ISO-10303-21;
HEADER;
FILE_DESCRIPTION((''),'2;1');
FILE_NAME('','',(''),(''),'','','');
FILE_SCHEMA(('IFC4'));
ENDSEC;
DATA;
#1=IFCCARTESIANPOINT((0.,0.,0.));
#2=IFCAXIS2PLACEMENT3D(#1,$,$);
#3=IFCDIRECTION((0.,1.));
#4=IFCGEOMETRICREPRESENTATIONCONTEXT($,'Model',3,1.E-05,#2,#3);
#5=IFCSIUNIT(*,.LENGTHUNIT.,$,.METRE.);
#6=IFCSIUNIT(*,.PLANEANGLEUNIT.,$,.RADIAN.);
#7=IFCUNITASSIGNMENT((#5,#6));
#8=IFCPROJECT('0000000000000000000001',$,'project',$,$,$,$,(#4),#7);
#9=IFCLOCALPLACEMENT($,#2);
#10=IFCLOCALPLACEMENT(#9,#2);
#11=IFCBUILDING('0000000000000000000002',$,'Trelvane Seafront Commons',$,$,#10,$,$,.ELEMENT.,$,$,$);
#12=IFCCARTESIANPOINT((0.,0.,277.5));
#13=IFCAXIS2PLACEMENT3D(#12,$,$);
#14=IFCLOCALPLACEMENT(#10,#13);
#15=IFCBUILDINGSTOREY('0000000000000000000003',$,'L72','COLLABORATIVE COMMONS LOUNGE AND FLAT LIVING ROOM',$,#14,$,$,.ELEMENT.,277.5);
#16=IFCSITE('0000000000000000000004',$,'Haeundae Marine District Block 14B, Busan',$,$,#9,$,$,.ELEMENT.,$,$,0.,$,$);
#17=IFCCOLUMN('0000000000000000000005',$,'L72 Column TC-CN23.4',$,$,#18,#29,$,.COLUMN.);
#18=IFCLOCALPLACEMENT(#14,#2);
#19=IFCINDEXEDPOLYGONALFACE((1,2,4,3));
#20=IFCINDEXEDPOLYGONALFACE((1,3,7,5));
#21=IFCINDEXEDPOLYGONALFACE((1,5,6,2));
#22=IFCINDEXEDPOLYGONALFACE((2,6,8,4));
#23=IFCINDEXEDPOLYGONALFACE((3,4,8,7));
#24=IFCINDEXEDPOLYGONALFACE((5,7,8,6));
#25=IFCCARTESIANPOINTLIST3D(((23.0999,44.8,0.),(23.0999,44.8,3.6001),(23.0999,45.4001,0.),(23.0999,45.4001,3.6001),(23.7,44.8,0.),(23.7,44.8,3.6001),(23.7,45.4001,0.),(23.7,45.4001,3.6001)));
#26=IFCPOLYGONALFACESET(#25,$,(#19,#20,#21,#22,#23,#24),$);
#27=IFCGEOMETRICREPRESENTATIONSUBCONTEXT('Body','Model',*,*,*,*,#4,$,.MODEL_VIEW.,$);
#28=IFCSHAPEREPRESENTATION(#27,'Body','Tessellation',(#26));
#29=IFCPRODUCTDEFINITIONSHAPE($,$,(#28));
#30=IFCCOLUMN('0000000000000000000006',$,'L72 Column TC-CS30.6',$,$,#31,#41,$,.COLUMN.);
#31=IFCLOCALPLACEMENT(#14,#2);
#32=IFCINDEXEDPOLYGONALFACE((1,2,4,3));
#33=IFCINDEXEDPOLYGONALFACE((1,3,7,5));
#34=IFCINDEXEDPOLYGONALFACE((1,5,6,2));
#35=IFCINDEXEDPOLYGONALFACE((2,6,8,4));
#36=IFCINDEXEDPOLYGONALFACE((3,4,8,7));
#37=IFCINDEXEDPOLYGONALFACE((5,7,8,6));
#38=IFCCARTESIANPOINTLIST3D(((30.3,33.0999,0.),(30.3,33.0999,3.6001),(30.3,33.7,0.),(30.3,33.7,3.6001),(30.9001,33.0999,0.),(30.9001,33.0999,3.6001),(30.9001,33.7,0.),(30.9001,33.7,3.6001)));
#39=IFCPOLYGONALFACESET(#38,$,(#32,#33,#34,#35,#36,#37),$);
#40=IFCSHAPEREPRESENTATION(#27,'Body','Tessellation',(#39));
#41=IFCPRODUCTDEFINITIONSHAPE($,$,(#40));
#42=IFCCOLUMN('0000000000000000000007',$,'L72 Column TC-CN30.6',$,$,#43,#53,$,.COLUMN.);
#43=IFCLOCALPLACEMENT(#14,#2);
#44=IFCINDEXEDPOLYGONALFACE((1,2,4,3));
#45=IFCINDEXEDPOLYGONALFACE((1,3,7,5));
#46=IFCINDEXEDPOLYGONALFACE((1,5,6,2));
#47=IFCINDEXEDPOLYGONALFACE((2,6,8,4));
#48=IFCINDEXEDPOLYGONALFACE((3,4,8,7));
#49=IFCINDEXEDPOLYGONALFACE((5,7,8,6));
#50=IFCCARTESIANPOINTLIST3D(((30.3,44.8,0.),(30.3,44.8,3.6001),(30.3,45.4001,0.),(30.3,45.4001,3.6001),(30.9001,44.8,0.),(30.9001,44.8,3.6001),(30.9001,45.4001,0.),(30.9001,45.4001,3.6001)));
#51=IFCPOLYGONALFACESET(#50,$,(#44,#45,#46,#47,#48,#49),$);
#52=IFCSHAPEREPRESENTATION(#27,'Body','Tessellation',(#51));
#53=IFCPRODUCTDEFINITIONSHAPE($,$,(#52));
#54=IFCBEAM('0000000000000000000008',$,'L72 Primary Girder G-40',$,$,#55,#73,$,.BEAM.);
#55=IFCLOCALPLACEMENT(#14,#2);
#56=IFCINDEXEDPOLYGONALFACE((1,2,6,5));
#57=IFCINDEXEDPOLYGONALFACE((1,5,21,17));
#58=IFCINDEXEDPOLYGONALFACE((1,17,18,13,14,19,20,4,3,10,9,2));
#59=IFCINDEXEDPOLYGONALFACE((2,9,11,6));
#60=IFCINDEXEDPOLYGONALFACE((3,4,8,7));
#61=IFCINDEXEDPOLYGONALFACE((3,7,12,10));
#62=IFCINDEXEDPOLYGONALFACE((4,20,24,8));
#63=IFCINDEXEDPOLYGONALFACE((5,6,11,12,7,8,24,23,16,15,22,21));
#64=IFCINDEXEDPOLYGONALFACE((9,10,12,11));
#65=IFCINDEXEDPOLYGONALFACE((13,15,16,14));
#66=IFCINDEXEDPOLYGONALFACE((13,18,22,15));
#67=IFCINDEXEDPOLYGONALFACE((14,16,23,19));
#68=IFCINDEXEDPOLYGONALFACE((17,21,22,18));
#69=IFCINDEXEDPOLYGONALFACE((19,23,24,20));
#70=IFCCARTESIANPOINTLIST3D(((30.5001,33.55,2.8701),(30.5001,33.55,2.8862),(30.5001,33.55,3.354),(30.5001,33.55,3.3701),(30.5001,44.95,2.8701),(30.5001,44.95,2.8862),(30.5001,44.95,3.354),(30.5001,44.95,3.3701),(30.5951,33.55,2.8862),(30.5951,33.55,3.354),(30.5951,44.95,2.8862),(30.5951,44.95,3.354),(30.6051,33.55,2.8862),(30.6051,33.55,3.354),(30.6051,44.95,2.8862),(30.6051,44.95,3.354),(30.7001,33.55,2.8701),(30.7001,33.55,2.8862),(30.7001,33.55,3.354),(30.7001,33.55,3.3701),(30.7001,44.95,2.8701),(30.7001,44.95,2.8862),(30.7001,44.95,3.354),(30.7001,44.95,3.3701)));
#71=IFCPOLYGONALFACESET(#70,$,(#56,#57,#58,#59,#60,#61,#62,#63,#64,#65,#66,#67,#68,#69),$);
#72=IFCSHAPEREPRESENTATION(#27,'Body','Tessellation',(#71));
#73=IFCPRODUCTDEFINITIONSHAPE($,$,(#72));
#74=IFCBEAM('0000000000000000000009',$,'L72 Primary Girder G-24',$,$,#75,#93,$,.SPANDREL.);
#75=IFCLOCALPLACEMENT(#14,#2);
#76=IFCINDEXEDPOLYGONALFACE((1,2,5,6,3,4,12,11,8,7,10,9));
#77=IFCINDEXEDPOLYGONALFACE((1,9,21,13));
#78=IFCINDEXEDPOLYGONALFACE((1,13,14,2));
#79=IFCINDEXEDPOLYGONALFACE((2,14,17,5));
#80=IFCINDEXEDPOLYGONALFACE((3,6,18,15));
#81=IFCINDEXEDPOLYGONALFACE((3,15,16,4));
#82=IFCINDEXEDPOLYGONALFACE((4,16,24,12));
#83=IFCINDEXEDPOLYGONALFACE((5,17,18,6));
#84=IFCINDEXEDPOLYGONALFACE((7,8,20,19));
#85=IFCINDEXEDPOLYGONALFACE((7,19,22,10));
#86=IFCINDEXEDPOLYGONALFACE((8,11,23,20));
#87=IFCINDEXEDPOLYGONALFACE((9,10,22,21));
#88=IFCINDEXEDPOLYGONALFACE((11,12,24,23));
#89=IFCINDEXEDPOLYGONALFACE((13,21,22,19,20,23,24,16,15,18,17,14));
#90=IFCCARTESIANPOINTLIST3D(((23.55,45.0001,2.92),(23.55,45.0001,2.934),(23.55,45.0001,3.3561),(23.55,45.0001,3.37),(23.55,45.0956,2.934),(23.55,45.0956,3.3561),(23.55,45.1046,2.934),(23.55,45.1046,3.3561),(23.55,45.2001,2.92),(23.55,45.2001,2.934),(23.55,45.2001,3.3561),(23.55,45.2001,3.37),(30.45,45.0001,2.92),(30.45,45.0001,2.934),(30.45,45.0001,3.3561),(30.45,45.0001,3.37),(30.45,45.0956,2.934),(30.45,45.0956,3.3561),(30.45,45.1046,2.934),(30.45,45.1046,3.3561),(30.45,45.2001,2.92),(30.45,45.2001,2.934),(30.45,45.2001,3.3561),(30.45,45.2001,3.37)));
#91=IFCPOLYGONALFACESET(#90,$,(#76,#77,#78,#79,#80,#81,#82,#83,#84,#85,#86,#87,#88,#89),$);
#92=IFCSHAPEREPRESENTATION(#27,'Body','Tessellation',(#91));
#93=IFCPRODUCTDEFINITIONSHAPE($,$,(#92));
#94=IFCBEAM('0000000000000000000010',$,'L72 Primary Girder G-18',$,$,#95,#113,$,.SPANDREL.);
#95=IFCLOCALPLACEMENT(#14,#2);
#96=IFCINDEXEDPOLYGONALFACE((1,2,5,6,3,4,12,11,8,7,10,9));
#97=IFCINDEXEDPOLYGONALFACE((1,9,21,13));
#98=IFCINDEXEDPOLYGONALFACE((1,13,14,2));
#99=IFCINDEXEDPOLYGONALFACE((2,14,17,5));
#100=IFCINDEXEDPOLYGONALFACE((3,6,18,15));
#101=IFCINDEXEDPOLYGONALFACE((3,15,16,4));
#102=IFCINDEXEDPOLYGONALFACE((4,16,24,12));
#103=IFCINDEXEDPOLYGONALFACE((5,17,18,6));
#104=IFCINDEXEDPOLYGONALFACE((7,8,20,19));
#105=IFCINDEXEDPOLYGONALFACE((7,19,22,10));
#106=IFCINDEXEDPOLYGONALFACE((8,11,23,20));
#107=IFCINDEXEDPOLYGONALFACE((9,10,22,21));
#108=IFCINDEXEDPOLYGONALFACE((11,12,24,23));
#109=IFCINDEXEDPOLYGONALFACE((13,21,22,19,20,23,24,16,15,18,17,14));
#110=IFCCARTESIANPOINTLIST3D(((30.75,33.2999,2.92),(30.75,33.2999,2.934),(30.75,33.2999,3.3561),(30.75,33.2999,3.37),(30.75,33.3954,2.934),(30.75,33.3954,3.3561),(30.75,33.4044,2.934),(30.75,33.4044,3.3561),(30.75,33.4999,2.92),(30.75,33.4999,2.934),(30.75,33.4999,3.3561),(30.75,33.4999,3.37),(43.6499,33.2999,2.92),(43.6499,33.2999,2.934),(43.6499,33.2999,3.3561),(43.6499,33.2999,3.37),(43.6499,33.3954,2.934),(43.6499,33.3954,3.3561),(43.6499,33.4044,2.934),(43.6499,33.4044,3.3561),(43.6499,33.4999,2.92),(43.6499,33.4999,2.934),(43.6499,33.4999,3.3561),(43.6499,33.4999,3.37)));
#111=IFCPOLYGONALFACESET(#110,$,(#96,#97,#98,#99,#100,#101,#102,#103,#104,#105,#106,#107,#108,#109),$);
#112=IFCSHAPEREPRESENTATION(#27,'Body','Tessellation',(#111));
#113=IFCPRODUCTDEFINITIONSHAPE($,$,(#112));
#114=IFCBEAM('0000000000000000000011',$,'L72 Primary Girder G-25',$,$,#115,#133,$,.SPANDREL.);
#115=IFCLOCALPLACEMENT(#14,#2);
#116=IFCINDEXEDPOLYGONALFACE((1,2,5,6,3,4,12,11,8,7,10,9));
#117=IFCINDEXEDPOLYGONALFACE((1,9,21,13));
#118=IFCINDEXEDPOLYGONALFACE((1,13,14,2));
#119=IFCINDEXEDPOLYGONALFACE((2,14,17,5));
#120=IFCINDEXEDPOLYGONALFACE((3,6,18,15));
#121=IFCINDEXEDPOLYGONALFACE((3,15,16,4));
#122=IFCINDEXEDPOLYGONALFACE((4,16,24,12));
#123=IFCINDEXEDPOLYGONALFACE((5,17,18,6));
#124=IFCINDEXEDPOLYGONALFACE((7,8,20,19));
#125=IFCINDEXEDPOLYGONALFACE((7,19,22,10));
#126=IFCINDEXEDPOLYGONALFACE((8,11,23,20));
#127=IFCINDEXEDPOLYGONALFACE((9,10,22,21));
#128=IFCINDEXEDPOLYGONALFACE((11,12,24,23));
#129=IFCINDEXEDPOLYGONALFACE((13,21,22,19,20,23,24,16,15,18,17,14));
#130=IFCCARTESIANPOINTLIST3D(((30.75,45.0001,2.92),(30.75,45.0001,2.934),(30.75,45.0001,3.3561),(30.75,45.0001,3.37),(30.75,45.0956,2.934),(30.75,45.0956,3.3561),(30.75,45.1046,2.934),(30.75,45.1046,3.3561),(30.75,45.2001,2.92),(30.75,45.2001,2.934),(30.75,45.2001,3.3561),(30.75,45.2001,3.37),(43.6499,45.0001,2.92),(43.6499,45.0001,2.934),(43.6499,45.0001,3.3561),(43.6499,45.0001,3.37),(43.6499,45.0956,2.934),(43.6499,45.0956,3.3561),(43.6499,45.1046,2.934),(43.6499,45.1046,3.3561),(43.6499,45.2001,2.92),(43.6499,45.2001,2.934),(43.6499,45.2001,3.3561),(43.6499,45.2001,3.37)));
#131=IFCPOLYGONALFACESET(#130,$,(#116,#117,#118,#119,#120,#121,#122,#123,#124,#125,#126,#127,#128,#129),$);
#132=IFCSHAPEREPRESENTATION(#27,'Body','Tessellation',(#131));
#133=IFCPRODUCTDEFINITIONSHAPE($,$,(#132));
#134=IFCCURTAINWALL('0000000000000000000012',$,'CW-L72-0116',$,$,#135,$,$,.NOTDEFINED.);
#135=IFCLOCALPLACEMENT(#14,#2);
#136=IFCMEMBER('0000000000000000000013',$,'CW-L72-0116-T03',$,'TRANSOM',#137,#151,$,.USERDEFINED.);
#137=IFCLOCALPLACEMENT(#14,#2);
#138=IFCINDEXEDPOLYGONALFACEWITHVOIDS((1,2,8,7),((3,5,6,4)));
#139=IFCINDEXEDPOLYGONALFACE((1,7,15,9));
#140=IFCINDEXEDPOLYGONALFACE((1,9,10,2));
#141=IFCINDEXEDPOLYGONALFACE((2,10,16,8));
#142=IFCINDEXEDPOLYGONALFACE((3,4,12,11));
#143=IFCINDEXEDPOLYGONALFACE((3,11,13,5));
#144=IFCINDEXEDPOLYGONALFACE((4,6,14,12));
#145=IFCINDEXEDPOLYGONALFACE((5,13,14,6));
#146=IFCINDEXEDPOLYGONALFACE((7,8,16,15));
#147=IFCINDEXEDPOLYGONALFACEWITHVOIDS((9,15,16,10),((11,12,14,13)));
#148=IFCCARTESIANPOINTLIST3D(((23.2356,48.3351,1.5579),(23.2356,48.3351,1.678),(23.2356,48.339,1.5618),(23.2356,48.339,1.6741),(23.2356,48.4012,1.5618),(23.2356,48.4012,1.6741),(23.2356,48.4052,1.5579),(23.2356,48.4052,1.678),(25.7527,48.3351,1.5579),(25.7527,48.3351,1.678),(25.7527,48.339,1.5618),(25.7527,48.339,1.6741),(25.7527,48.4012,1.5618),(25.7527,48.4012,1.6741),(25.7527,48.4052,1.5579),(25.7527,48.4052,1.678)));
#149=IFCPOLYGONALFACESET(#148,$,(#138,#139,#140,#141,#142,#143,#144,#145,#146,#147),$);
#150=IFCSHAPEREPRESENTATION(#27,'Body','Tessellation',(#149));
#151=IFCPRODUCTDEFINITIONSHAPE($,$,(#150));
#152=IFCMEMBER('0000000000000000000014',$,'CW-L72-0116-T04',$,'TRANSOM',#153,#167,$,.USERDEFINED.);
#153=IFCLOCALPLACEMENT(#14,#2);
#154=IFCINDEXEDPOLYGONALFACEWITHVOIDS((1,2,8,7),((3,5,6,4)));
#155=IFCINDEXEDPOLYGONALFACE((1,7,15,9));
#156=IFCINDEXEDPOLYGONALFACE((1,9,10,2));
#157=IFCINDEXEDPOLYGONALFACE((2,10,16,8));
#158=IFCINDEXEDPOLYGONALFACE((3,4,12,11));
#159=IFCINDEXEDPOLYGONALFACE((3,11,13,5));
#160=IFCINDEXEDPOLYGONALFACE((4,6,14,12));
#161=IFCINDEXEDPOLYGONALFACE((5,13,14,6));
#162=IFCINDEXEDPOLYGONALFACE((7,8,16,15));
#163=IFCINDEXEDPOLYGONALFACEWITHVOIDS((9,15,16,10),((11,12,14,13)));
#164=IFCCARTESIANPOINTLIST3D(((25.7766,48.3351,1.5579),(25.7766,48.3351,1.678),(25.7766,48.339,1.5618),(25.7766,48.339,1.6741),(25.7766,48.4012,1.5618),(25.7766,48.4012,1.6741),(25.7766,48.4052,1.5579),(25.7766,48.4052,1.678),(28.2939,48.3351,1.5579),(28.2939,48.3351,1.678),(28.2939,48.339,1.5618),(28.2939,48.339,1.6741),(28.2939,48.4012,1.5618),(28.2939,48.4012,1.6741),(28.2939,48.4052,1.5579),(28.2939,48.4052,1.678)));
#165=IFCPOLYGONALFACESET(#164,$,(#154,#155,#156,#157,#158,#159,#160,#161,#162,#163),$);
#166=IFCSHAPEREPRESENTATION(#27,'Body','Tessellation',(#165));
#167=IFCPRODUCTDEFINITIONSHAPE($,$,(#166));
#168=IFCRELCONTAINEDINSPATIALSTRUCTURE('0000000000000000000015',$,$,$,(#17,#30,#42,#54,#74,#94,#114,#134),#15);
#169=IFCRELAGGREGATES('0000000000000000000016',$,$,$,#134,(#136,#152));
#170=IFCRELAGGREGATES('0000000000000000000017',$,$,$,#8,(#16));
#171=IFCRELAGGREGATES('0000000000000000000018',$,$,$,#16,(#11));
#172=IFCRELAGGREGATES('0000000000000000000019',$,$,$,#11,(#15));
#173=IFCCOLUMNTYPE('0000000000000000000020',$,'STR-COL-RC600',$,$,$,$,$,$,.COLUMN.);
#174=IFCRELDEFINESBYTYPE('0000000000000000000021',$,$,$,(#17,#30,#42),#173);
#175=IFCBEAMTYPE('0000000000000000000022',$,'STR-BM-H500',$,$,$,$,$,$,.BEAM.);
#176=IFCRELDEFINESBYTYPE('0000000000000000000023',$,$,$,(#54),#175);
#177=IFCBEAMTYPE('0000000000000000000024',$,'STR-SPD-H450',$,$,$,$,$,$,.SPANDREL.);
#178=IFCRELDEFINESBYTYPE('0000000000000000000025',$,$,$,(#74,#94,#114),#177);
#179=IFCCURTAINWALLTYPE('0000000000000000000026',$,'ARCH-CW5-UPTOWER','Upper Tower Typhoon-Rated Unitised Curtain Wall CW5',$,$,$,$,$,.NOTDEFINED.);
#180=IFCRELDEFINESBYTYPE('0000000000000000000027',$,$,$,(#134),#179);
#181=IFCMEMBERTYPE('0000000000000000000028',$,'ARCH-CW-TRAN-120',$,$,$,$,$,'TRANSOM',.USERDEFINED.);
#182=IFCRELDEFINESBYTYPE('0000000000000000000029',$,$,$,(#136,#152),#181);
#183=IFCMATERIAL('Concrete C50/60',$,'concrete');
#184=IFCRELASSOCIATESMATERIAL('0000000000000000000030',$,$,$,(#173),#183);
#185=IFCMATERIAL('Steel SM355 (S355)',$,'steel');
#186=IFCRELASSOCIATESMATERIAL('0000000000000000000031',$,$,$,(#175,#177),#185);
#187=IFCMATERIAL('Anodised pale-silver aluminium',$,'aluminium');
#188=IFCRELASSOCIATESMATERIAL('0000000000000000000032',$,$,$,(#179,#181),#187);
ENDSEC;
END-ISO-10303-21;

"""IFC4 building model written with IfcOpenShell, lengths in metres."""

from ifc_helpers import new_model, si_unit, direction, frame, origin, origin_2d, place, context, subcontext, project, spatial, rectangle, hollow_rectangle, i_section, extrude, source, transform, mapped, material, material_profile, profile_set, type_object, element, aggregate, save


model = new_model("IFC4")

# Units and contexts
model_context = context("Model", 3, precision=1e-05, world=origin(), true_north=direction((0.0, 1.0)))
body_context = subcontext(model_context, "Body", "Model", "MODEL_VIEW")
ifc_project = project(units=[si_unit("LENGTHUNIT", "METRE"), si_unit("PLANEANGLEUNIT", "RADIAN")], contexts=[model_context])

# Site, building, storey
site_placement = place(None, origin())
site = spatial("IfcSite", under=ifc_project, at=site_placement, Name="Haeundae Marine District Block 14B, Busan", CompositionType="ELEMENT", RefElevation=0.0)
building_placement = place(site_placement, origin())
building = spatial("IfcBuilding", under=site, at=building_placement, Name="Trelvane Seafront Commons", CompositionType="ELEMENT")
storey_placement = place(building_placement, frame((0.0, 0.0, 277.5)))
storey = spatial("IfcBuildingStorey", under=building, at=storey_placement, Name="L72", Description="COLLABORATIVE COMMONS LOUNGE AND FLAT LIVING ROOM", CompositionType="ELEMENT", Elevation=277.5)

# Columns
ifc_material_1 = material(Name="Concrete C50/60", Category="concrete")
ifc_material_profile_1 = material_profile(ifc_material_1, rectangle(XDim=0.6001, YDim=0.6001, at=origin_2d()), Name="RC-600x600")
ifc_profile_set_1 = profile_set([ifc_material_profile_1], Name="Concrete C50/60")
column_type = type_object("IfcColumnType", Name="STR-COL-RC600", PredefinedType="COLUMN", material=ifc_profile_set_1)
shared_shape_1 = source(origin(), body_context, "Body", "SweptSolid", [
    extrude(rectangle(XDim=0.6001, YDim=0.6001, at=origin_2d()), origin(), (0.0, 0.0, 1.0), 3.6001),
])
for number, where, z_axis, x_axis, name in (
    (1, (23.3999, 45.1001, 0.0), (0.0, 0.0, 1.0), (1.0, 0.0, 0.0), "L72 Column TC-CN23.4"),
    (2, (30.6001, 33.3999, 0.0), (0.0, 0.0, 1.0), (1.0, 0.0, 0.0), "L72 Column TC-CS30.6"),
    (3, (30.6001, 45.1001, 0.0), (0.0, 0.0, 1.0), (1.0, 0.0, 0.0), "L72 Column TC-CN30.6"),
):
    element("IfcColumn", number, at=place(storey_placement, frame(where, z_axis=z_axis, x_axis=x_axis)), inside=storey, type_object=column_type, Name=name, PredefinedType="COLUMN", context=body_context, shape_type="MappedRepresentation", body=[
        mapped(shared_shape_1, transform((0.0, 0.0, 0.0), x_axis=(1.0, 0.0, 0.0), y_axis=(0.0, 1.0, 0.0), z_axis=(0.0, 0.0, 1.0), scale=1.0)),
    ])

# Beams
ifc_material_2 = material(Name="Steel SM355 (S355)", Category="steel")
ifc_material_profile_2 = material_profile(ifc_material_2, i_section(OverallWidth=0.2, OverallDepth=0.5, WebThickness=0.01, FlangeThickness=0.0161, at=origin_2d()), Name="H-500x200x10x16")
ifc_profile_set_2 = profile_set([ifc_material_profile_2], Name="Steel SM355 (S355)")
beam_type_1 = type_object("IfcBeamType", Name="STR-BM-H500", PredefinedType="BEAM", material=ifc_profile_set_2)
shared_shape_2 = source(origin(), body_context, "Body", "SweptSolid", [
    extrude(i_section(OverallWidth=0.2, OverallDepth=0.5, WebThickness=0.01, FlangeThickness=0.0161, at=origin_2d()), origin(), (0.0, 0.0, 1.0), 11.3999),
])
beam_1_placement = place(storey_placement, frame((30.6001, 33.55, 3.1201), z_axis=(0.0, 1.0, 0.0), x_axis=(-1.0, 0.0, 0.0)))
element("IfcBeam", 4, at=beam_1_placement, inside=storey, type_object=beam_type_1, Name="L72 Primary Girder G-40", PredefinedType="BEAM", context=body_context, shape_type="MappedRepresentation", body=[
    mapped(shared_shape_2, transform((0.0, 0.0, 0.0), x_axis=(1.0, 0.0, 0.0), y_axis=(0.0, 1.0, 0.0), z_axis=(0.0, 0.0, 1.0), scale=1.0)),
])
ifc_material_profile_3 = material_profile(ifc_material_2, i_section(OverallWidth=0.2, OverallDepth=0.45, WebThickness=0.009, FlangeThickness=0.0139, at=origin_2d()), Name="H-450x200x9x14")
ifc_profile_set_3 = profile_set([ifc_material_profile_3], Name="Steel SM355 (S355)")
beam_type_2 = type_object("IfcBeamType", Name="STR-SPD-H450", PredefinedType="SPANDREL", material=ifc_profile_set_3)
shared_shape_3 = source(origin(), body_context, "Body", "SweptSolid", [
    extrude(i_section(OverallWidth=0.2, OverallDepth=0.45, WebThickness=0.009, FlangeThickness=0.0139, at=origin_2d()), origin(), (0.0, 0.0, 1.0), 6.8999),
])
beam_2_placement = place(storey_placement, frame((23.55, 45.1001, 3.145), z_axis=(1.0, 0.0, 0.0), x_axis=(0.0, 1.0, 0.0)))
element("IfcBeam", 5, at=beam_2_placement, inside=storey, type_object=beam_type_2, Name="L72 Primary Girder G-24", PredefinedType="SPANDREL", context=body_context, shape_type="MappedRepresentation", body=[
    mapped(shared_shape_3, transform((0.0, 0.0, 0.0), x_axis=(1.0, 0.0, 0.0), y_axis=(0.0, 1.0, 0.0), z_axis=(0.0, 0.0, 1.0), scale=1.0)),
])
shared_shape_4 = source(origin(), body_context, "Body", "SweptSolid", [
    extrude(i_section(OverallWidth=0.2, OverallDepth=0.45, WebThickness=0.009, FlangeThickness=0.0139, at=origin_2d()), origin(), (0.0, 0.0, 1.0), 12.8999),
])
for number, where, z_axis, x_axis, name in (
    (6, (30.75, 33.3999, 3.145), (1.0, 0.0, 0.0), (0.0, 1.0, 0.0), "L72 Primary Girder G-18"),
    (7, (30.75, 45.1001, 3.145), (1.0, 0.0, 0.0), (0.0, 1.0, 0.0), "L72 Primary Girder G-25"),
):
    element("IfcBeam", number, at=place(storey_placement, frame(where, z_axis=z_axis, x_axis=x_axis)), inside=storey, type_object=beam_type_2, Name=name, PredefinedType="SPANDREL", context=body_context, shape_type="MappedRepresentation", body=[
        mapped(shared_shape_4, transform((0.0, 0.0, 0.0), x_axis=(1.0, 0.0, 0.0), y_axis=(0.0, 1.0, 0.0), z_axis=(0.0, 0.0, 1.0), scale=1.0)),
    ])

# Curtain wall, members
ifc_material_3 = material(Name="Anodised pale-silver aluminium", Category="aluminium")
curtain_wall_type = type_object("IfcCurtainWallType", Name="ARCH-CW5-UPTOWER", Description="Upper Tower Typhoon-Rated Unitised Curtain Wall CW5", PredefinedType="NOTDEFINED", material=ifc_material_3)
curtain_wall_placement = place(storey_placement, origin())
curtain_wall = element("IfcCurtainWall", 8, at=curtain_wall_placement, inside=storey, type_object=curtain_wall_type, Name="CW-L72-0116", PredefinedType="NOTDEFINED")
ifc_material_profile_4 = material_profile(ifc_material_3, hollow_rectangle(XDim=0.0701, YDim=0.1201, WallThickness=0.0039, at=origin_2d()), Name="TRAN-70x120x4")
ifc_profile_set_4 = profile_set([ifc_material_profile_4], Name="Anodised pale-silver aluminium")
member_type_1 = type_object("IfcMemberType", Name="ARCH-CW-TRAN-120", ElementType="TRANSOM", PredefinedType="USERDEFINED", material=ifc_profile_set_4)
shared_shape_5 = source(origin(), body_context, "Body", "SweptSolid", [
    extrude(hollow_rectangle(XDim=0.0701, YDim=0.1201, WallThickness=0.0039, at=origin_2d()), origin(), (0.0, 0.0, 1.0), 2.5171),
])
member_1_placement = place(storey_placement, frame((23.2356, 48.3701, 1.6179), z_axis=(1.0, 0.0, 0.0), x_axis=(0.0, 1.0, 0.0)))
member_1 = element("IfcMember", 9, at=member_1_placement, type_object=member_type_1, Name="CW-L72-0116-T03", ObjectType="TRANSOM", PredefinedType="USERDEFINED", context=body_context, shape_type="MappedRepresentation", body=[
    mapped(shared_shape_5, transform((0.0, 0.0, 0.0), x_axis=(1.0, 0.0, 0.0), y_axis=(0.0, 1.0, 0.0), z_axis=(0.0, 0.0, 1.0), scale=1.0)),
])
shared_shape_6 = source(origin(), body_context, "Body", "SweptSolid", [
    extrude(hollow_rectangle(XDim=0.0701, YDim=0.1201, WallThickness=0.0039, at=origin_2d()), origin(), (0.0, 0.0, 1.0), 2.5173),
])
member_2_placement = place(storey_placement, frame((25.7766, 48.3701, 1.6179), z_axis=(1.0, 0.0, 0.0), x_axis=(0.0, 1.0, 0.0)))
member_2 = element("IfcMember", 10, at=member_2_placement, type_object=member_type_1, Name="CW-L72-0116-T04", ObjectType="TRANSOM", PredefinedType="USERDEFINED", context=body_context, shape_type="MappedRepresentation", body=[
    mapped(shared_shape_6, transform((0.0, 0.0, 0.0), x_axis=(1.0, 0.0, 0.0), y_axis=(0.0, 1.0, 0.0), z_axis=(0.0, 0.0, 1.0), scale=1.0)),
])
aggregate(curtain_wall, [member_1, member_2])

save(model, "model.ifc")
